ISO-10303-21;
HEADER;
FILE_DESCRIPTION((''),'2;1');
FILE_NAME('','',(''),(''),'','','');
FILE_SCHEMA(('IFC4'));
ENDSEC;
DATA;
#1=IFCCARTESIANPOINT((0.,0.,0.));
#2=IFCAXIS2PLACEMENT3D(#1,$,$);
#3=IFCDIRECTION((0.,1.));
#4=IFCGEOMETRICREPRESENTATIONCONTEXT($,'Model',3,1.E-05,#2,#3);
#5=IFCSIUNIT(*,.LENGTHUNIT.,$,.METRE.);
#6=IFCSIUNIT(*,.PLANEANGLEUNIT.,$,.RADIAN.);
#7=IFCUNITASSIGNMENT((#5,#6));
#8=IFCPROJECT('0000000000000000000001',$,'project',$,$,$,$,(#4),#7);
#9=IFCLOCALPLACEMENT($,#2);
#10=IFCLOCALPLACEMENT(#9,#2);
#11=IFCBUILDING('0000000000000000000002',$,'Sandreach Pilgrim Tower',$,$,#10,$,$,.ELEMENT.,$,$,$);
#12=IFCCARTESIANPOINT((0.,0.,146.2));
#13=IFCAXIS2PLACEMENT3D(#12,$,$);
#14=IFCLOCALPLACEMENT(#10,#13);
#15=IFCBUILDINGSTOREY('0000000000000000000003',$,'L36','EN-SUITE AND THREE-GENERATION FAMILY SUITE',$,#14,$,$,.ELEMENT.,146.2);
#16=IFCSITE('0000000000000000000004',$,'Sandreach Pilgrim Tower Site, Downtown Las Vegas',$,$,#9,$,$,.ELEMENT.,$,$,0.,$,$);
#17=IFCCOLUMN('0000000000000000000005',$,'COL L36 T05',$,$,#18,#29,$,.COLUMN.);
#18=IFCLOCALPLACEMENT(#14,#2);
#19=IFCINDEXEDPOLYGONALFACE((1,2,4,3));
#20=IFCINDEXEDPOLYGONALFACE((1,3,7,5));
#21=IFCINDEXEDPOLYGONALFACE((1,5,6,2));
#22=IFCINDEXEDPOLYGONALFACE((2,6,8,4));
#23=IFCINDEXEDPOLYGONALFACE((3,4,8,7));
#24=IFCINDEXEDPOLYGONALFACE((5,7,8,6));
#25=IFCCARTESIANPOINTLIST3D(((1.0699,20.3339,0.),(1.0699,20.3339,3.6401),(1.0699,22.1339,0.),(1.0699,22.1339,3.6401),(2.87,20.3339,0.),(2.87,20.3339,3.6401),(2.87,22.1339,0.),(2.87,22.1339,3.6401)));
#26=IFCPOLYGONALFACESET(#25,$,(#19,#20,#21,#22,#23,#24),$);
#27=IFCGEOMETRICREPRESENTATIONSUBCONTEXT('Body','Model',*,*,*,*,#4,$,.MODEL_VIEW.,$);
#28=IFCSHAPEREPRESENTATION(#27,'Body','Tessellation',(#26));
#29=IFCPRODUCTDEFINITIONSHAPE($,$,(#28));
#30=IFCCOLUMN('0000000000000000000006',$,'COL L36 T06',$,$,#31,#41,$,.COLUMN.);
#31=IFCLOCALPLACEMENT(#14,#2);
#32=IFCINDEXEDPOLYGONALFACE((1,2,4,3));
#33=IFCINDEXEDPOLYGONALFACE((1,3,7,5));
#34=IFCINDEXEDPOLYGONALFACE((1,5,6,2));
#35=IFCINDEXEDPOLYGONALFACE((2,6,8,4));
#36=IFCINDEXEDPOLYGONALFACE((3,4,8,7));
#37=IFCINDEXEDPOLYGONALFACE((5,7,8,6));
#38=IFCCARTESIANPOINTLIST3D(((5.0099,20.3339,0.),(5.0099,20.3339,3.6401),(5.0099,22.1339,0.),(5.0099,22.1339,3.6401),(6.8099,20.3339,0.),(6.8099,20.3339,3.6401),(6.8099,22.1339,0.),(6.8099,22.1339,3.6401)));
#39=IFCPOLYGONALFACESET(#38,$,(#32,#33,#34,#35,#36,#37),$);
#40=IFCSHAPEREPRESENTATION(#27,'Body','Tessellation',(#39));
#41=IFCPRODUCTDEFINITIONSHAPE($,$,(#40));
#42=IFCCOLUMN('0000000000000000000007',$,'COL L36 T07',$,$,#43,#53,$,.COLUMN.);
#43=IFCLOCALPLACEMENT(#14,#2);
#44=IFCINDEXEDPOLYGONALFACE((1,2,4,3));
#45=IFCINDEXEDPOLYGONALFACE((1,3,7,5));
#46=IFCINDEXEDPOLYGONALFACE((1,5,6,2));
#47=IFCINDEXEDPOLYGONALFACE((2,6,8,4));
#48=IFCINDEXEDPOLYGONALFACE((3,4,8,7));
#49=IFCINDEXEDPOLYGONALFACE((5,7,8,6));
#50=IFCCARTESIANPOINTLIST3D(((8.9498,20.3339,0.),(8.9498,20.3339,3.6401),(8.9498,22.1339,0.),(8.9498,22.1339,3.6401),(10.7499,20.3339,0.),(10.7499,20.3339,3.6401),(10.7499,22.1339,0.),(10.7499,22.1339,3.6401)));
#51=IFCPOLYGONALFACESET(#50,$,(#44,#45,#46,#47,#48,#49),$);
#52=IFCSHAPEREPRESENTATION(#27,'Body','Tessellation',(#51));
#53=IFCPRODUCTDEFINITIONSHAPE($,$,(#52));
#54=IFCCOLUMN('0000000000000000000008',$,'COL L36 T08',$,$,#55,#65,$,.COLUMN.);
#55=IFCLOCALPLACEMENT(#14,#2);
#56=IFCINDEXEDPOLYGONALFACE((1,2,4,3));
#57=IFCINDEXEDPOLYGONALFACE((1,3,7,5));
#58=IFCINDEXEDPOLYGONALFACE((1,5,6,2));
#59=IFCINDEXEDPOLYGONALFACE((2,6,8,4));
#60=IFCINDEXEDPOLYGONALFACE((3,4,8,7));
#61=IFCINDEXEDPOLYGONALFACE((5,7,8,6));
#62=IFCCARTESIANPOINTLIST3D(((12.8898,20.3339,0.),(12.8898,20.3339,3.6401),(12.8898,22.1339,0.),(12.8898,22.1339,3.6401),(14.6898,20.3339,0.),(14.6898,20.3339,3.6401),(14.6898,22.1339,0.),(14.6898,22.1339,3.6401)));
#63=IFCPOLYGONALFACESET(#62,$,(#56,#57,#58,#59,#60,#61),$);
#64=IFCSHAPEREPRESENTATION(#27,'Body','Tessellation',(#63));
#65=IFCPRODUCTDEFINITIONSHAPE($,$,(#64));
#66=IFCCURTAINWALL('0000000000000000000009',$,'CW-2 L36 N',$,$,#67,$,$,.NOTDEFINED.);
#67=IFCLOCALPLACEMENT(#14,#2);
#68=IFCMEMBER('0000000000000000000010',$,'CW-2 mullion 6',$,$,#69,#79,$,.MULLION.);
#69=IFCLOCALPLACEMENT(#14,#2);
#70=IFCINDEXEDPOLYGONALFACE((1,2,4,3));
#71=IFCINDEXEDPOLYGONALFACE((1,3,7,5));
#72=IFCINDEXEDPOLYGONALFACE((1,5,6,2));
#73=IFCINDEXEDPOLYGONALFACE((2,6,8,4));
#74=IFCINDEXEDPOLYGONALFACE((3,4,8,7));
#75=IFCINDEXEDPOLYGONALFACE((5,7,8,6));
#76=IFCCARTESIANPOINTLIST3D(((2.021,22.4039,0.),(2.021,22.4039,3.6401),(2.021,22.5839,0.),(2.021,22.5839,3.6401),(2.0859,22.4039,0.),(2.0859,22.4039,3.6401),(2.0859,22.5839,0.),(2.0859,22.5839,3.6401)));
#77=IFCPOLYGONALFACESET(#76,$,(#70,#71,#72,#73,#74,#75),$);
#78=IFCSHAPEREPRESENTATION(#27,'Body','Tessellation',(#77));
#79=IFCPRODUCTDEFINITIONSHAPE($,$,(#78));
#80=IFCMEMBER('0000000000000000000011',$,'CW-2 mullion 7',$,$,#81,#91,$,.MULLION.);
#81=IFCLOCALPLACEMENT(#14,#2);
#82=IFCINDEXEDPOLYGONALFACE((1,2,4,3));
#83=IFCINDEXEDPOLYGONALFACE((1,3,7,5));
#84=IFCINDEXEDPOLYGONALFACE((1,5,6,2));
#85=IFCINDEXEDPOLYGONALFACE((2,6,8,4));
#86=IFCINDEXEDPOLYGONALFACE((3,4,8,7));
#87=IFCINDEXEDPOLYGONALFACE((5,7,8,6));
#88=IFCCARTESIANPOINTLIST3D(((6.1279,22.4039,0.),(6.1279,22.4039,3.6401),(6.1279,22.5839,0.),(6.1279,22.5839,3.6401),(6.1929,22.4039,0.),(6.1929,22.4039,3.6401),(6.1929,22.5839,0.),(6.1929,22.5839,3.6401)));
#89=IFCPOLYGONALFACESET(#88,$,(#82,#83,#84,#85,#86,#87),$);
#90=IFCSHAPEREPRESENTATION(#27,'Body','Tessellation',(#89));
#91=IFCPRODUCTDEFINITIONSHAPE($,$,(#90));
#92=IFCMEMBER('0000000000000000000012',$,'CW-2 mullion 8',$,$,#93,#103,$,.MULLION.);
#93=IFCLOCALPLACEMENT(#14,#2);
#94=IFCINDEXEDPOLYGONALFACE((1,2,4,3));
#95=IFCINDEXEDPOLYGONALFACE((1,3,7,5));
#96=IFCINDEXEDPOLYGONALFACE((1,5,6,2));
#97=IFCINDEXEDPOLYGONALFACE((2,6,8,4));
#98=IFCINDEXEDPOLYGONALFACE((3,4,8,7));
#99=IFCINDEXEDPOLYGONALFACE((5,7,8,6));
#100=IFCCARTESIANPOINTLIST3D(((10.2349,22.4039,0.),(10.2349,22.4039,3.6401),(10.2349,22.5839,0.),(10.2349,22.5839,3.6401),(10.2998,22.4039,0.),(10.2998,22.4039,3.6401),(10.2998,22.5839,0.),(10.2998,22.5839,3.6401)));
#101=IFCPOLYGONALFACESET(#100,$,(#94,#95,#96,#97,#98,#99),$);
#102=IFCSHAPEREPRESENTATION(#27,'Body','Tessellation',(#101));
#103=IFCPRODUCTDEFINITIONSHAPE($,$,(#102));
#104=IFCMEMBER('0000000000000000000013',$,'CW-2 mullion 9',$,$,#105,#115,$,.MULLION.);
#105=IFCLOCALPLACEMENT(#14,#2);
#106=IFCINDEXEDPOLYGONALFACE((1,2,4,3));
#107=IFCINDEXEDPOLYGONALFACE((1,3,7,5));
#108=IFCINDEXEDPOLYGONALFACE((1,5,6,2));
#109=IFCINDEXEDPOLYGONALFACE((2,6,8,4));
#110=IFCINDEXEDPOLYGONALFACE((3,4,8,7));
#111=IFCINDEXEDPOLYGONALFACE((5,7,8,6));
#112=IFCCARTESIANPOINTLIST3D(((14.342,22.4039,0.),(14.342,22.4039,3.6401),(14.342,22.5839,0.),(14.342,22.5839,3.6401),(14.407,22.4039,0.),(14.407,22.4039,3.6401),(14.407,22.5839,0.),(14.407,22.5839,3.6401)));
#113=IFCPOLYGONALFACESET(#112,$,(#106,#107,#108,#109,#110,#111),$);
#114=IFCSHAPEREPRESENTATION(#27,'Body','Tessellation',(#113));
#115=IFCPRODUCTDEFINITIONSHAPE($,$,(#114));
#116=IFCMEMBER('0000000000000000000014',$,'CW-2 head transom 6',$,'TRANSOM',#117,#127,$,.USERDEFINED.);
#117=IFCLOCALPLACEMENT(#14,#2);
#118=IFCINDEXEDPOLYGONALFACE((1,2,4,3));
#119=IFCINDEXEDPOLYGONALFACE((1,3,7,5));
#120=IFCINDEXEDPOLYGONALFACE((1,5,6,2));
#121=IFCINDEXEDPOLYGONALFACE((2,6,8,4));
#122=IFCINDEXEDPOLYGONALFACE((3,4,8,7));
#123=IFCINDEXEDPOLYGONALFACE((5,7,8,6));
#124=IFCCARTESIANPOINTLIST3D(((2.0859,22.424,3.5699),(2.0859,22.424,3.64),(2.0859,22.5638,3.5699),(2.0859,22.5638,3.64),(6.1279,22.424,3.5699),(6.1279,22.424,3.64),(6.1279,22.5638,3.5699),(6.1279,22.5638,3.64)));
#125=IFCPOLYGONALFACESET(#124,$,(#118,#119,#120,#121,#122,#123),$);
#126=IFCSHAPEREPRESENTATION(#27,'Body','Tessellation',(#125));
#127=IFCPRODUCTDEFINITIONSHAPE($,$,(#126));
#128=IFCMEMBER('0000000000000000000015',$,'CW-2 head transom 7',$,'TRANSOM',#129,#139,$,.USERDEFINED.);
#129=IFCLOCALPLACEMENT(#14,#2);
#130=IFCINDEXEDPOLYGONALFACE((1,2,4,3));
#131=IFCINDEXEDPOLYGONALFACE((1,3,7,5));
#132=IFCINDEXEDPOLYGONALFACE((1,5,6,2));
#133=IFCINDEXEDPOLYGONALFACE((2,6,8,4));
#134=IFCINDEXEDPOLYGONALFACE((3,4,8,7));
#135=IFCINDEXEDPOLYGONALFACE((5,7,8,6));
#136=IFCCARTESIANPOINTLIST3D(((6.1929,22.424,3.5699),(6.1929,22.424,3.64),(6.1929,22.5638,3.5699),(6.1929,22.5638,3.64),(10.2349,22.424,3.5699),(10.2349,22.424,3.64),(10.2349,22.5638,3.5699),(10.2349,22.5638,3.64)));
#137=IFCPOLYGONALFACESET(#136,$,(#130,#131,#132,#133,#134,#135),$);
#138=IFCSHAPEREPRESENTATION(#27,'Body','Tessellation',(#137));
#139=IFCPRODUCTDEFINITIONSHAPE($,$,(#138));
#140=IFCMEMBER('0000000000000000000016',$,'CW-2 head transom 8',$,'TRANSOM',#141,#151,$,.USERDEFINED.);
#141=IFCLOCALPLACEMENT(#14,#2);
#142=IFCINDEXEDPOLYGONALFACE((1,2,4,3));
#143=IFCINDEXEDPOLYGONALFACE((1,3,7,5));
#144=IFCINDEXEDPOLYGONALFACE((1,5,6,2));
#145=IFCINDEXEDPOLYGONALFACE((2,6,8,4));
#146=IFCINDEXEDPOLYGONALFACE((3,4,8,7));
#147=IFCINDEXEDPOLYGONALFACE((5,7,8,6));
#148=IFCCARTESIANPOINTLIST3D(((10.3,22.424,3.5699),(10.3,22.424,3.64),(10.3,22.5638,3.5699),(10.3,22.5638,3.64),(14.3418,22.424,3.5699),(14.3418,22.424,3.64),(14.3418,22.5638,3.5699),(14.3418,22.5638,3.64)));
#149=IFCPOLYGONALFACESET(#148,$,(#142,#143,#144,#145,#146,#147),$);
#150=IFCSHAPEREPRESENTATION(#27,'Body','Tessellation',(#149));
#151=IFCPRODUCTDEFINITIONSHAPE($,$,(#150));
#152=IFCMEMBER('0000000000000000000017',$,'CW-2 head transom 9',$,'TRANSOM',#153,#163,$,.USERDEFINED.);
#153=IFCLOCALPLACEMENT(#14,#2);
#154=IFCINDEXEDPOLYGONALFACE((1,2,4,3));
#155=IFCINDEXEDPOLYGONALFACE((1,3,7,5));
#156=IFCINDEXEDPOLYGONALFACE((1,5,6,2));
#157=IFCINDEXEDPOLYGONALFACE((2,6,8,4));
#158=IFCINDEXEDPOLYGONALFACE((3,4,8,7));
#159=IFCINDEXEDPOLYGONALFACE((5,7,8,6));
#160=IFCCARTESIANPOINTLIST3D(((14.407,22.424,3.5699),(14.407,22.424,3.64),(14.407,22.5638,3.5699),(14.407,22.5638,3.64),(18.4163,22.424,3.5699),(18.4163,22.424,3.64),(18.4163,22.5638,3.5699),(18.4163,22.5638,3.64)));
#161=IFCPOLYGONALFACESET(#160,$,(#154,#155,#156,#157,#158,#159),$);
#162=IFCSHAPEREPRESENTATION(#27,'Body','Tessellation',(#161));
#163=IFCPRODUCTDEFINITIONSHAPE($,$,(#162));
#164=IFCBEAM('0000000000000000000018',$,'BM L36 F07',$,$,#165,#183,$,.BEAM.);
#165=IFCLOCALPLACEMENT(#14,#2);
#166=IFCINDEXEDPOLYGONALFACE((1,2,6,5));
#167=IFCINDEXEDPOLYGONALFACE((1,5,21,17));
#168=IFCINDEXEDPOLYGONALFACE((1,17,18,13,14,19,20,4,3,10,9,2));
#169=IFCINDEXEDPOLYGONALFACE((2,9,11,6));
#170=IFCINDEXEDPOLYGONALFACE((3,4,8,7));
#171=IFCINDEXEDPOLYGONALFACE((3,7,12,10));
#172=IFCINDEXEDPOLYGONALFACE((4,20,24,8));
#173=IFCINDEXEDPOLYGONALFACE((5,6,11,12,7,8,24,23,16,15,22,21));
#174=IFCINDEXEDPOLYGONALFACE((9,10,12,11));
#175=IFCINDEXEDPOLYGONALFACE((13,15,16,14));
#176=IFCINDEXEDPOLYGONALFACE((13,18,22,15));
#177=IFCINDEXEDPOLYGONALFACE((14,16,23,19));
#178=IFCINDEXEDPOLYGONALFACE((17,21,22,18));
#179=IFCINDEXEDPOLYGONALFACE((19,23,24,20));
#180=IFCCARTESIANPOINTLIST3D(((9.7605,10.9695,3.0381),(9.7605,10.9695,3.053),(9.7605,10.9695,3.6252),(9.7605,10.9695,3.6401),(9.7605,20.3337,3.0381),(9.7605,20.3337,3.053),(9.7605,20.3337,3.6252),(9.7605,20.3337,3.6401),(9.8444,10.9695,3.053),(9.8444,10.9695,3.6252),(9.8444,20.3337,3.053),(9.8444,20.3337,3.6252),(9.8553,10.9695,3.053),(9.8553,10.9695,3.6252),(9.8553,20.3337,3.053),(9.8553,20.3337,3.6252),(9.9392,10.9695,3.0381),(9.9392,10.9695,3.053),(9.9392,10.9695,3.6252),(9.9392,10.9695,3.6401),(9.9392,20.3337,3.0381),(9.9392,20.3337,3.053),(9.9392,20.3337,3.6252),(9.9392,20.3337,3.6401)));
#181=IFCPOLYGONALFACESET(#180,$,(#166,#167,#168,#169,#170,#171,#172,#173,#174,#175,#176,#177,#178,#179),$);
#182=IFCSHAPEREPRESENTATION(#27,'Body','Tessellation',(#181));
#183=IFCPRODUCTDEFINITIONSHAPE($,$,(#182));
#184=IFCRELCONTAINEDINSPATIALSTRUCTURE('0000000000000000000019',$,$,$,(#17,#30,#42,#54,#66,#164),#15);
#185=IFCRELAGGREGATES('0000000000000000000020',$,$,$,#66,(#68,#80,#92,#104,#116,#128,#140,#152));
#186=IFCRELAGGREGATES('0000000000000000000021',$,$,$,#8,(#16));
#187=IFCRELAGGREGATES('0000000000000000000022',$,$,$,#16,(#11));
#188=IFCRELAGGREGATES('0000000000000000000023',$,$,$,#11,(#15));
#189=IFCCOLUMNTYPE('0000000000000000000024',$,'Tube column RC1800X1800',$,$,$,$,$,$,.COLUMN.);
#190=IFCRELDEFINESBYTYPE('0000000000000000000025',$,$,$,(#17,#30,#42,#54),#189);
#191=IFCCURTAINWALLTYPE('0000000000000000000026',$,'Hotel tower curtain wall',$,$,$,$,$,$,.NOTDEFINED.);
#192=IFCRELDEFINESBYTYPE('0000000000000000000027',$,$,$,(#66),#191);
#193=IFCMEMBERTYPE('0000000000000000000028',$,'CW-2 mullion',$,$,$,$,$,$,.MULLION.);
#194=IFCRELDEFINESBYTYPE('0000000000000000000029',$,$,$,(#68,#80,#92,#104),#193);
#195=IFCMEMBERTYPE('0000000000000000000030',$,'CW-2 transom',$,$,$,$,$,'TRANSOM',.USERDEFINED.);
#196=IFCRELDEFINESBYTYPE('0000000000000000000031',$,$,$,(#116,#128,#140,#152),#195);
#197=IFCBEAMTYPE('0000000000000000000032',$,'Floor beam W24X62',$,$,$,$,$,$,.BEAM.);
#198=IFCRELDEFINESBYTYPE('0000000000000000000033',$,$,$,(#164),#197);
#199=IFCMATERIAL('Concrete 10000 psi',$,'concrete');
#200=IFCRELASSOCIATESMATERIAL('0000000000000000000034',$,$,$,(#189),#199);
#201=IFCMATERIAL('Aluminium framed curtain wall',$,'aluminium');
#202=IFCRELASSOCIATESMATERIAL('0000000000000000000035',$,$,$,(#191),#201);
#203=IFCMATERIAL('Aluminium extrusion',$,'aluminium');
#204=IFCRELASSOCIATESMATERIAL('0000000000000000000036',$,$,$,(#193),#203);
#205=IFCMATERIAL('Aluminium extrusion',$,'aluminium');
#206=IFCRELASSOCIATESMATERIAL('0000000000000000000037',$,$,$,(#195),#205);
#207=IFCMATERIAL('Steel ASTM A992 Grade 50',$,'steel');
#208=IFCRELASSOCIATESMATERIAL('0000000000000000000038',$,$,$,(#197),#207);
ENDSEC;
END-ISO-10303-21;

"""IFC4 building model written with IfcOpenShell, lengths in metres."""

from ifc_helpers import new_model, si_unit, direction, frame, origin, origin_2d, place, context, subcontext, project, spatial, rectangle, i_section, extrude, clip, halfspace, material, material_profile, profile_set, type_object, element, aggregate, save


model = new_model("IFC4")

# Units and contexts
model_context = context("Model", 3, precision=1e-05, world=origin(), true_north=direction((0.0, 1.0)))
body_context = subcontext(model_context, "Body", "Model", "MODEL_VIEW")
ifc_project = project(units=[si_unit("LENGTHUNIT", "METRE"), si_unit("PLANEANGLEUNIT", "RADIAN")], contexts=[model_context])

# Site, building, storey
site_placement = place(None, origin())
site = spatial("IfcSite", under=ifc_project, at=site_placement, Name="Sandreach Pilgrim Tower Site, Downtown Las Vegas", CompositionType="ELEMENT", RefElevation=0.0)
building_placement = place(site_placement, origin())
building = spatial("IfcBuilding", under=site, at=building_placement, Name="Sandreach Pilgrim Tower", CompositionType="ELEMENT")
storey_placement = place(building_placement, frame((0.0, 0.0, 146.2)))
storey = spatial("IfcBuildingStorey", under=building, at=storey_placement, Name="L36", Description="EN-SUITE AND THREE-GENERATION FAMILY SUITE", CompositionType="ELEMENT", Elevation=146.2)

# Columns
ifc_material_1 = material(Name="Concrete 10000 psi", Category="concrete")
ifc_material_profile_1 = material_profile(ifc_material_1, rectangle(XDim=1.8, YDim=1.8, at=origin_2d()), Name="RC1800X1800")
ifc_profile_set_1 = profile_set([ifc_material_profile_1], Name="Concrete 10000 psi")
column_type = type_object("IfcColumnType", Name="Tube column RC1800X1800", PredefinedType="COLUMN", material=ifc_profile_set_1)
column_1_placement = place(storey_placement, frame((1.97, 21.2339, 0.0), z_axis=(0.0, 0.0, 1.0), x_axis=(0.0, 1.0, 0.0)))
element("IfcColumn", 1, at=column_1_placement, inside=storey, type_object=column_type, Name="COL L36 T05", PredefinedType="COLUMN", context=body_context, shape_type="SweptSolid", body=[
    clip(extrude(rectangle(XDim=1.8, YDim=1.8, at=origin_2d()), origin(), (0.0, 0.0, 1.0), 3.7537), halfspace(frame((0.0, 0.0, 3.6401)), False)),
])
column_2_placement = place(storey_placement, frame((5.9099, 21.2339, 0.0), z_axis=(0.0, 0.0, 1.0), x_axis=(0.0, 1.0, 0.0)))
element("IfcColumn", 2, at=column_2_placement, inside=storey, type_object=column_type, Name="COL L36 T06", PredefinedType="COLUMN", context=body_context, shape_type="SweptSolid", body=[
    clip(extrude(rectangle(XDim=1.8, YDim=1.8, at=origin_2d()), origin(), (0.0, 0.0, 1.0), 3.7456), halfspace(frame((0.0, 0.0, 3.6401)), False)),
])
column_3_placement = place(storey_placement, frame((9.8499, 21.2339, 0.0), z_axis=(0.0, 0.0, 1.0), x_axis=(0.0, 1.0, 0.0)))
element("IfcColumn", 3, at=column_3_placement, inside=storey, type_object=column_type, Name="COL L36 T07", PredefinedType="COLUMN", context=body_context, shape_type="SweptSolid", body=[
    clip(extrude(rectangle(XDim=1.8, YDim=1.8, at=origin_2d()), origin(), (0.0, 0.0, 1.0), 3.7378), halfspace(frame((0.0, 0.0, 3.6401)), False)),
])
column_4_placement = place(storey_placement, frame((13.7898, 21.2339, 0.0), z_axis=(0.0, 0.0, 1.0), x_axis=(0.0, 1.0, 0.0)))
element("IfcColumn", 4, at=column_4_placement, inside=storey, type_object=column_type, Name="COL L36 T08", PredefinedType="COLUMN", context=body_context, shape_type="SweptSolid", body=[
    clip(extrude(rectangle(XDim=1.8, YDim=1.8, at=origin_2d()), origin(), (0.0, 0.0, 1.0), 3.73), halfspace(frame((0.0, 0.0, 3.6401)), False)),
])

# Curtain wall, members
ifc_material_2 = material(Name="Aluminium framed curtain wall", Category="aluminium")
curtain_wall_type = type_object("IfcCurtainWallType", Name="Hotel tower curtain wall", PredefinedType="NOTDEFINED", material=ifc_material_2)
curtain_wall_placement = place(storey_placement, origin())
curtain_wall = element("IfcCurtainWall", 5, at=curtain_wall_placement, inside=storey, type_object=curtain_wall_type, Name="CW-2 L36 N", PredefinedType="NOTDEFINED")
ifc_material_3 = material(Name="Aluminium extrusion", Category="aluminium")
ifc_material_profile_2 = material_profile(ifc_material_3, rectangle(XDim=0.0649, YDim=0.1799, at=origin_2d()), Name="CW-2M 65X180")
ifc_profile_set_2 = profile_set([ifc_material_profile_2], Name="Aluminium extrusion")
member_type_1 = type_object("IfcMemberType", Name="CW-2 mullion", PredefinedType="MULLION", material=ifc_profile_set_2)
member_1_placement = place(storey_placement, frame((2.0535, 22.4939, 0.0), z_axis=(0.0, 0.0, 1.0), x_axis=(1.0, 0.0, 0.0)))
member_1 = element("IfcMember", 6, at=member_1_placement, type_object=member_type_1, Name="CW-2 mullion 6", PredefinedType="MULLION", context=body_context, shape_type="SweptSolid", body=[
    extrude(rectangle(XDim=0.0649, YDim=0.1799, at=origin_2d()), origin(), (0.0, 0.0, 1.0), 3.6401),
])
member_2_placement = place(storey_placement, frame((6.1604, 22.4939, 0.0), z_axis=(0.0, 0.0, 1.0), x_axis=(1.0, 0.0, 0.0)))
member_2 = element("IfcMember", 7, at=member_2_placement, type_object=member_type_1, Name="CW-2 mullion 7", PredefinedType="MULLION", context=body_context, shape_type="SweptSolid", body=[
    extrude(rectangle(XDim=0.0649, YDim=0.1799, at=origin_2d()), origin(), (0.0, 0.0, 1.0), 3.6401),
])
member_3_placement = place(storey_placement, frame((10.2673, 22.4939, 0.0), z_axis=(0.0, 0.0, 1.0), x_axis=(1.0, 0.0, 0.0)))
member_3 = element("IfcMember", 8, at=member_3_placement, type_object=member_type_1, Name="CW-2 mullion 8", PredefinedType="MULLION", context=body_context, shape_type="SweptSolid", body=[
    extrude(rectangle(XDim=0.0649, YDim=0.1799, at=origin_2d()), origin(), (0.0, 0.0, 1.0), 3.6401),
])
member_4_placement = place(storey_placement, frame((14.3745, 22.4939, 0.0), z_axis=(0.0, 0.0, 1.0), x_axis=(1.0, 0.0, 0.0)))
member_4 = element("IfcMember", 9, at=member_4_placement, type_object=member_type_1, Name="CW-2 mullion 9", PredefinedType="MULLION", context=body_context, shape_type="SweptSolid", body=[
    extrude(rectangle(XDim=0.0649, YDim=0.1799, at=origin_2d()), origin(), (0.0, 0.0, 1.0), 3.6401),
])
ifc_material_4 = material(Name="Aluminium extrusion", Category="aluminium")
ifc_material_profile_3 = material_profile(ifc_material_4, rectangle(XDim=0.1399, YDim=0.0701, at=origin_2d()), Name="CW-2T 140X70")
ifc_profile_set_3 = profile_set([ifc_material_profile_3], Name="Aluminium extrusion")
member_type_2 = type_object("IfcMemberType", Name="CW-2 transom", ElementType="TRANSOM", PredefinedType="USERDEFINED", material=ifc_profile_set_3)
member_5_placement = place(storey_placement, frame((2.0859, 22.4939, 3.605), z_axis=(1.0, 0.0, 0.0), x_axis=(0.0, 1.0, 0.0)))
member_5 = element("IfcMember", 10, at=member_5_placement, type_object=member_type_2, Name="CW-2 head transom 6", ObjectType="TRANSOM", PredefinedType="USERDEFINED", context=body_context, shape_type="SweptSolid", body=[
    extrude(rectangle(XDim=0.1399, YDim=0.0701, at=origin_2d()), origin(), (0.0, 0.0, 1.0), 4.042),
])
member_6_placement = place(storey_placement, frame((6.1929, 22.4939, 3.605), z_axis=(1.0, 0.0, 0.0), x_axis=(0.0, 1.0, 0.0)))
member_6 = element("IfcMember", 11, at=member_6_placement, type_object=member_type_2, Name="CW-2 head transom 7", ObjectType="TRANSOM", PredefinedType="USERDEFINED", context=body_context, shape_type="SweptSolid", body=[
    extrude(rectangle(XDim=0.1399, YDim=0.0701, at=origin_2d()), origin(), (0.0, 0.0, 1.0), 4.042),
])
member_7_placement = place(storey_placement, frame((10.3, 22.4939, 3.605), z_axis=(1.0, 0.0, 0.0), x_axis=(0.0, 1.0, 0.0)))
member_7 = element("IfcMember", 12, at=member_7_placement, type_object=member_type_2, Name="CW-2 head transom 8", ObjectType="TRANSOM", PredefinedType="USERDEFINED", context=body_context, shape_type="SweptSolid", body=[
    extrude(rectangle(XDim=0.1399, YDim=0.0701, at=origin_2d()), origin(), (0.0, 0.0, 1.0), 4.0417),
])
member_8_placement = place(storey_placement, frame((14.407, 22.4939, 3.605), z_axis=(1.0, 0.0, 0.0), x_axis=(0.0, 1.0, 0.0)))
member_8 = element("IfcMember", 13, at=member_8_placement, type_object=member_type_2, Name="CW-2 head transom 9", ObjectType="TRANSOM", PredefinedType="USERDEFINED", context=body_context, shape_type="SweptSolid", body=[
    extrude(rectangle(XDim=0.1399, YDim=0.0701, at=origin_2d()), origin(), (0.0, 0.0, 1.0), 4.0093),
])

# Beam
ifc_material_5 = material(Name="Steel ASTM A992 Grade 50", Category="steel")
ifc_material_profile_4 = material_profile(ifc_material_5, i_section(OverallWidth=0.1787, OverallDepth=0.6021, WebThickness=0.011, FlangeThickness=0.0149, at=origin_2d()), Name="W24X62")
ifc_profile_set_4 = profile_set([ifc_material_profile_4], Name="Steel ASTM A992 Grade 50")
beam_type_1 = type_object("IfcBeamType", Name="Floor beam W24X62", PredefinedType="BEAM", material=ifc_profile_set_4)
beam_1_placement = place(storey_placement, frame((9.8499, 20.3337, 3.3391), z_axis=(0.0, -1.0, 0.0), x_axis=(1.0, 0.0, 0.0)))
element("IfcBeam", 14, at=beam_1_placement, inside=storey, type_object=beam_type_1, Name="BM L36 F07", PredefinedType="BEAM", context=body_context, shape_type="SweptSolid", body=[
    extrude(i_section(OverallWidth=0.1787, OverallDepth=0.6021, WebThickness=0.011, FlangeThickness=0.0149, at=origin_2d()), origin(), (0.0, 0.0, 1.0), 9.3643),
])

aggregate(curtain_wall, [member_1, member_2, member_3, member_4, member_5, member_6, member_7, member_8])

save(model, "model.ifc")
